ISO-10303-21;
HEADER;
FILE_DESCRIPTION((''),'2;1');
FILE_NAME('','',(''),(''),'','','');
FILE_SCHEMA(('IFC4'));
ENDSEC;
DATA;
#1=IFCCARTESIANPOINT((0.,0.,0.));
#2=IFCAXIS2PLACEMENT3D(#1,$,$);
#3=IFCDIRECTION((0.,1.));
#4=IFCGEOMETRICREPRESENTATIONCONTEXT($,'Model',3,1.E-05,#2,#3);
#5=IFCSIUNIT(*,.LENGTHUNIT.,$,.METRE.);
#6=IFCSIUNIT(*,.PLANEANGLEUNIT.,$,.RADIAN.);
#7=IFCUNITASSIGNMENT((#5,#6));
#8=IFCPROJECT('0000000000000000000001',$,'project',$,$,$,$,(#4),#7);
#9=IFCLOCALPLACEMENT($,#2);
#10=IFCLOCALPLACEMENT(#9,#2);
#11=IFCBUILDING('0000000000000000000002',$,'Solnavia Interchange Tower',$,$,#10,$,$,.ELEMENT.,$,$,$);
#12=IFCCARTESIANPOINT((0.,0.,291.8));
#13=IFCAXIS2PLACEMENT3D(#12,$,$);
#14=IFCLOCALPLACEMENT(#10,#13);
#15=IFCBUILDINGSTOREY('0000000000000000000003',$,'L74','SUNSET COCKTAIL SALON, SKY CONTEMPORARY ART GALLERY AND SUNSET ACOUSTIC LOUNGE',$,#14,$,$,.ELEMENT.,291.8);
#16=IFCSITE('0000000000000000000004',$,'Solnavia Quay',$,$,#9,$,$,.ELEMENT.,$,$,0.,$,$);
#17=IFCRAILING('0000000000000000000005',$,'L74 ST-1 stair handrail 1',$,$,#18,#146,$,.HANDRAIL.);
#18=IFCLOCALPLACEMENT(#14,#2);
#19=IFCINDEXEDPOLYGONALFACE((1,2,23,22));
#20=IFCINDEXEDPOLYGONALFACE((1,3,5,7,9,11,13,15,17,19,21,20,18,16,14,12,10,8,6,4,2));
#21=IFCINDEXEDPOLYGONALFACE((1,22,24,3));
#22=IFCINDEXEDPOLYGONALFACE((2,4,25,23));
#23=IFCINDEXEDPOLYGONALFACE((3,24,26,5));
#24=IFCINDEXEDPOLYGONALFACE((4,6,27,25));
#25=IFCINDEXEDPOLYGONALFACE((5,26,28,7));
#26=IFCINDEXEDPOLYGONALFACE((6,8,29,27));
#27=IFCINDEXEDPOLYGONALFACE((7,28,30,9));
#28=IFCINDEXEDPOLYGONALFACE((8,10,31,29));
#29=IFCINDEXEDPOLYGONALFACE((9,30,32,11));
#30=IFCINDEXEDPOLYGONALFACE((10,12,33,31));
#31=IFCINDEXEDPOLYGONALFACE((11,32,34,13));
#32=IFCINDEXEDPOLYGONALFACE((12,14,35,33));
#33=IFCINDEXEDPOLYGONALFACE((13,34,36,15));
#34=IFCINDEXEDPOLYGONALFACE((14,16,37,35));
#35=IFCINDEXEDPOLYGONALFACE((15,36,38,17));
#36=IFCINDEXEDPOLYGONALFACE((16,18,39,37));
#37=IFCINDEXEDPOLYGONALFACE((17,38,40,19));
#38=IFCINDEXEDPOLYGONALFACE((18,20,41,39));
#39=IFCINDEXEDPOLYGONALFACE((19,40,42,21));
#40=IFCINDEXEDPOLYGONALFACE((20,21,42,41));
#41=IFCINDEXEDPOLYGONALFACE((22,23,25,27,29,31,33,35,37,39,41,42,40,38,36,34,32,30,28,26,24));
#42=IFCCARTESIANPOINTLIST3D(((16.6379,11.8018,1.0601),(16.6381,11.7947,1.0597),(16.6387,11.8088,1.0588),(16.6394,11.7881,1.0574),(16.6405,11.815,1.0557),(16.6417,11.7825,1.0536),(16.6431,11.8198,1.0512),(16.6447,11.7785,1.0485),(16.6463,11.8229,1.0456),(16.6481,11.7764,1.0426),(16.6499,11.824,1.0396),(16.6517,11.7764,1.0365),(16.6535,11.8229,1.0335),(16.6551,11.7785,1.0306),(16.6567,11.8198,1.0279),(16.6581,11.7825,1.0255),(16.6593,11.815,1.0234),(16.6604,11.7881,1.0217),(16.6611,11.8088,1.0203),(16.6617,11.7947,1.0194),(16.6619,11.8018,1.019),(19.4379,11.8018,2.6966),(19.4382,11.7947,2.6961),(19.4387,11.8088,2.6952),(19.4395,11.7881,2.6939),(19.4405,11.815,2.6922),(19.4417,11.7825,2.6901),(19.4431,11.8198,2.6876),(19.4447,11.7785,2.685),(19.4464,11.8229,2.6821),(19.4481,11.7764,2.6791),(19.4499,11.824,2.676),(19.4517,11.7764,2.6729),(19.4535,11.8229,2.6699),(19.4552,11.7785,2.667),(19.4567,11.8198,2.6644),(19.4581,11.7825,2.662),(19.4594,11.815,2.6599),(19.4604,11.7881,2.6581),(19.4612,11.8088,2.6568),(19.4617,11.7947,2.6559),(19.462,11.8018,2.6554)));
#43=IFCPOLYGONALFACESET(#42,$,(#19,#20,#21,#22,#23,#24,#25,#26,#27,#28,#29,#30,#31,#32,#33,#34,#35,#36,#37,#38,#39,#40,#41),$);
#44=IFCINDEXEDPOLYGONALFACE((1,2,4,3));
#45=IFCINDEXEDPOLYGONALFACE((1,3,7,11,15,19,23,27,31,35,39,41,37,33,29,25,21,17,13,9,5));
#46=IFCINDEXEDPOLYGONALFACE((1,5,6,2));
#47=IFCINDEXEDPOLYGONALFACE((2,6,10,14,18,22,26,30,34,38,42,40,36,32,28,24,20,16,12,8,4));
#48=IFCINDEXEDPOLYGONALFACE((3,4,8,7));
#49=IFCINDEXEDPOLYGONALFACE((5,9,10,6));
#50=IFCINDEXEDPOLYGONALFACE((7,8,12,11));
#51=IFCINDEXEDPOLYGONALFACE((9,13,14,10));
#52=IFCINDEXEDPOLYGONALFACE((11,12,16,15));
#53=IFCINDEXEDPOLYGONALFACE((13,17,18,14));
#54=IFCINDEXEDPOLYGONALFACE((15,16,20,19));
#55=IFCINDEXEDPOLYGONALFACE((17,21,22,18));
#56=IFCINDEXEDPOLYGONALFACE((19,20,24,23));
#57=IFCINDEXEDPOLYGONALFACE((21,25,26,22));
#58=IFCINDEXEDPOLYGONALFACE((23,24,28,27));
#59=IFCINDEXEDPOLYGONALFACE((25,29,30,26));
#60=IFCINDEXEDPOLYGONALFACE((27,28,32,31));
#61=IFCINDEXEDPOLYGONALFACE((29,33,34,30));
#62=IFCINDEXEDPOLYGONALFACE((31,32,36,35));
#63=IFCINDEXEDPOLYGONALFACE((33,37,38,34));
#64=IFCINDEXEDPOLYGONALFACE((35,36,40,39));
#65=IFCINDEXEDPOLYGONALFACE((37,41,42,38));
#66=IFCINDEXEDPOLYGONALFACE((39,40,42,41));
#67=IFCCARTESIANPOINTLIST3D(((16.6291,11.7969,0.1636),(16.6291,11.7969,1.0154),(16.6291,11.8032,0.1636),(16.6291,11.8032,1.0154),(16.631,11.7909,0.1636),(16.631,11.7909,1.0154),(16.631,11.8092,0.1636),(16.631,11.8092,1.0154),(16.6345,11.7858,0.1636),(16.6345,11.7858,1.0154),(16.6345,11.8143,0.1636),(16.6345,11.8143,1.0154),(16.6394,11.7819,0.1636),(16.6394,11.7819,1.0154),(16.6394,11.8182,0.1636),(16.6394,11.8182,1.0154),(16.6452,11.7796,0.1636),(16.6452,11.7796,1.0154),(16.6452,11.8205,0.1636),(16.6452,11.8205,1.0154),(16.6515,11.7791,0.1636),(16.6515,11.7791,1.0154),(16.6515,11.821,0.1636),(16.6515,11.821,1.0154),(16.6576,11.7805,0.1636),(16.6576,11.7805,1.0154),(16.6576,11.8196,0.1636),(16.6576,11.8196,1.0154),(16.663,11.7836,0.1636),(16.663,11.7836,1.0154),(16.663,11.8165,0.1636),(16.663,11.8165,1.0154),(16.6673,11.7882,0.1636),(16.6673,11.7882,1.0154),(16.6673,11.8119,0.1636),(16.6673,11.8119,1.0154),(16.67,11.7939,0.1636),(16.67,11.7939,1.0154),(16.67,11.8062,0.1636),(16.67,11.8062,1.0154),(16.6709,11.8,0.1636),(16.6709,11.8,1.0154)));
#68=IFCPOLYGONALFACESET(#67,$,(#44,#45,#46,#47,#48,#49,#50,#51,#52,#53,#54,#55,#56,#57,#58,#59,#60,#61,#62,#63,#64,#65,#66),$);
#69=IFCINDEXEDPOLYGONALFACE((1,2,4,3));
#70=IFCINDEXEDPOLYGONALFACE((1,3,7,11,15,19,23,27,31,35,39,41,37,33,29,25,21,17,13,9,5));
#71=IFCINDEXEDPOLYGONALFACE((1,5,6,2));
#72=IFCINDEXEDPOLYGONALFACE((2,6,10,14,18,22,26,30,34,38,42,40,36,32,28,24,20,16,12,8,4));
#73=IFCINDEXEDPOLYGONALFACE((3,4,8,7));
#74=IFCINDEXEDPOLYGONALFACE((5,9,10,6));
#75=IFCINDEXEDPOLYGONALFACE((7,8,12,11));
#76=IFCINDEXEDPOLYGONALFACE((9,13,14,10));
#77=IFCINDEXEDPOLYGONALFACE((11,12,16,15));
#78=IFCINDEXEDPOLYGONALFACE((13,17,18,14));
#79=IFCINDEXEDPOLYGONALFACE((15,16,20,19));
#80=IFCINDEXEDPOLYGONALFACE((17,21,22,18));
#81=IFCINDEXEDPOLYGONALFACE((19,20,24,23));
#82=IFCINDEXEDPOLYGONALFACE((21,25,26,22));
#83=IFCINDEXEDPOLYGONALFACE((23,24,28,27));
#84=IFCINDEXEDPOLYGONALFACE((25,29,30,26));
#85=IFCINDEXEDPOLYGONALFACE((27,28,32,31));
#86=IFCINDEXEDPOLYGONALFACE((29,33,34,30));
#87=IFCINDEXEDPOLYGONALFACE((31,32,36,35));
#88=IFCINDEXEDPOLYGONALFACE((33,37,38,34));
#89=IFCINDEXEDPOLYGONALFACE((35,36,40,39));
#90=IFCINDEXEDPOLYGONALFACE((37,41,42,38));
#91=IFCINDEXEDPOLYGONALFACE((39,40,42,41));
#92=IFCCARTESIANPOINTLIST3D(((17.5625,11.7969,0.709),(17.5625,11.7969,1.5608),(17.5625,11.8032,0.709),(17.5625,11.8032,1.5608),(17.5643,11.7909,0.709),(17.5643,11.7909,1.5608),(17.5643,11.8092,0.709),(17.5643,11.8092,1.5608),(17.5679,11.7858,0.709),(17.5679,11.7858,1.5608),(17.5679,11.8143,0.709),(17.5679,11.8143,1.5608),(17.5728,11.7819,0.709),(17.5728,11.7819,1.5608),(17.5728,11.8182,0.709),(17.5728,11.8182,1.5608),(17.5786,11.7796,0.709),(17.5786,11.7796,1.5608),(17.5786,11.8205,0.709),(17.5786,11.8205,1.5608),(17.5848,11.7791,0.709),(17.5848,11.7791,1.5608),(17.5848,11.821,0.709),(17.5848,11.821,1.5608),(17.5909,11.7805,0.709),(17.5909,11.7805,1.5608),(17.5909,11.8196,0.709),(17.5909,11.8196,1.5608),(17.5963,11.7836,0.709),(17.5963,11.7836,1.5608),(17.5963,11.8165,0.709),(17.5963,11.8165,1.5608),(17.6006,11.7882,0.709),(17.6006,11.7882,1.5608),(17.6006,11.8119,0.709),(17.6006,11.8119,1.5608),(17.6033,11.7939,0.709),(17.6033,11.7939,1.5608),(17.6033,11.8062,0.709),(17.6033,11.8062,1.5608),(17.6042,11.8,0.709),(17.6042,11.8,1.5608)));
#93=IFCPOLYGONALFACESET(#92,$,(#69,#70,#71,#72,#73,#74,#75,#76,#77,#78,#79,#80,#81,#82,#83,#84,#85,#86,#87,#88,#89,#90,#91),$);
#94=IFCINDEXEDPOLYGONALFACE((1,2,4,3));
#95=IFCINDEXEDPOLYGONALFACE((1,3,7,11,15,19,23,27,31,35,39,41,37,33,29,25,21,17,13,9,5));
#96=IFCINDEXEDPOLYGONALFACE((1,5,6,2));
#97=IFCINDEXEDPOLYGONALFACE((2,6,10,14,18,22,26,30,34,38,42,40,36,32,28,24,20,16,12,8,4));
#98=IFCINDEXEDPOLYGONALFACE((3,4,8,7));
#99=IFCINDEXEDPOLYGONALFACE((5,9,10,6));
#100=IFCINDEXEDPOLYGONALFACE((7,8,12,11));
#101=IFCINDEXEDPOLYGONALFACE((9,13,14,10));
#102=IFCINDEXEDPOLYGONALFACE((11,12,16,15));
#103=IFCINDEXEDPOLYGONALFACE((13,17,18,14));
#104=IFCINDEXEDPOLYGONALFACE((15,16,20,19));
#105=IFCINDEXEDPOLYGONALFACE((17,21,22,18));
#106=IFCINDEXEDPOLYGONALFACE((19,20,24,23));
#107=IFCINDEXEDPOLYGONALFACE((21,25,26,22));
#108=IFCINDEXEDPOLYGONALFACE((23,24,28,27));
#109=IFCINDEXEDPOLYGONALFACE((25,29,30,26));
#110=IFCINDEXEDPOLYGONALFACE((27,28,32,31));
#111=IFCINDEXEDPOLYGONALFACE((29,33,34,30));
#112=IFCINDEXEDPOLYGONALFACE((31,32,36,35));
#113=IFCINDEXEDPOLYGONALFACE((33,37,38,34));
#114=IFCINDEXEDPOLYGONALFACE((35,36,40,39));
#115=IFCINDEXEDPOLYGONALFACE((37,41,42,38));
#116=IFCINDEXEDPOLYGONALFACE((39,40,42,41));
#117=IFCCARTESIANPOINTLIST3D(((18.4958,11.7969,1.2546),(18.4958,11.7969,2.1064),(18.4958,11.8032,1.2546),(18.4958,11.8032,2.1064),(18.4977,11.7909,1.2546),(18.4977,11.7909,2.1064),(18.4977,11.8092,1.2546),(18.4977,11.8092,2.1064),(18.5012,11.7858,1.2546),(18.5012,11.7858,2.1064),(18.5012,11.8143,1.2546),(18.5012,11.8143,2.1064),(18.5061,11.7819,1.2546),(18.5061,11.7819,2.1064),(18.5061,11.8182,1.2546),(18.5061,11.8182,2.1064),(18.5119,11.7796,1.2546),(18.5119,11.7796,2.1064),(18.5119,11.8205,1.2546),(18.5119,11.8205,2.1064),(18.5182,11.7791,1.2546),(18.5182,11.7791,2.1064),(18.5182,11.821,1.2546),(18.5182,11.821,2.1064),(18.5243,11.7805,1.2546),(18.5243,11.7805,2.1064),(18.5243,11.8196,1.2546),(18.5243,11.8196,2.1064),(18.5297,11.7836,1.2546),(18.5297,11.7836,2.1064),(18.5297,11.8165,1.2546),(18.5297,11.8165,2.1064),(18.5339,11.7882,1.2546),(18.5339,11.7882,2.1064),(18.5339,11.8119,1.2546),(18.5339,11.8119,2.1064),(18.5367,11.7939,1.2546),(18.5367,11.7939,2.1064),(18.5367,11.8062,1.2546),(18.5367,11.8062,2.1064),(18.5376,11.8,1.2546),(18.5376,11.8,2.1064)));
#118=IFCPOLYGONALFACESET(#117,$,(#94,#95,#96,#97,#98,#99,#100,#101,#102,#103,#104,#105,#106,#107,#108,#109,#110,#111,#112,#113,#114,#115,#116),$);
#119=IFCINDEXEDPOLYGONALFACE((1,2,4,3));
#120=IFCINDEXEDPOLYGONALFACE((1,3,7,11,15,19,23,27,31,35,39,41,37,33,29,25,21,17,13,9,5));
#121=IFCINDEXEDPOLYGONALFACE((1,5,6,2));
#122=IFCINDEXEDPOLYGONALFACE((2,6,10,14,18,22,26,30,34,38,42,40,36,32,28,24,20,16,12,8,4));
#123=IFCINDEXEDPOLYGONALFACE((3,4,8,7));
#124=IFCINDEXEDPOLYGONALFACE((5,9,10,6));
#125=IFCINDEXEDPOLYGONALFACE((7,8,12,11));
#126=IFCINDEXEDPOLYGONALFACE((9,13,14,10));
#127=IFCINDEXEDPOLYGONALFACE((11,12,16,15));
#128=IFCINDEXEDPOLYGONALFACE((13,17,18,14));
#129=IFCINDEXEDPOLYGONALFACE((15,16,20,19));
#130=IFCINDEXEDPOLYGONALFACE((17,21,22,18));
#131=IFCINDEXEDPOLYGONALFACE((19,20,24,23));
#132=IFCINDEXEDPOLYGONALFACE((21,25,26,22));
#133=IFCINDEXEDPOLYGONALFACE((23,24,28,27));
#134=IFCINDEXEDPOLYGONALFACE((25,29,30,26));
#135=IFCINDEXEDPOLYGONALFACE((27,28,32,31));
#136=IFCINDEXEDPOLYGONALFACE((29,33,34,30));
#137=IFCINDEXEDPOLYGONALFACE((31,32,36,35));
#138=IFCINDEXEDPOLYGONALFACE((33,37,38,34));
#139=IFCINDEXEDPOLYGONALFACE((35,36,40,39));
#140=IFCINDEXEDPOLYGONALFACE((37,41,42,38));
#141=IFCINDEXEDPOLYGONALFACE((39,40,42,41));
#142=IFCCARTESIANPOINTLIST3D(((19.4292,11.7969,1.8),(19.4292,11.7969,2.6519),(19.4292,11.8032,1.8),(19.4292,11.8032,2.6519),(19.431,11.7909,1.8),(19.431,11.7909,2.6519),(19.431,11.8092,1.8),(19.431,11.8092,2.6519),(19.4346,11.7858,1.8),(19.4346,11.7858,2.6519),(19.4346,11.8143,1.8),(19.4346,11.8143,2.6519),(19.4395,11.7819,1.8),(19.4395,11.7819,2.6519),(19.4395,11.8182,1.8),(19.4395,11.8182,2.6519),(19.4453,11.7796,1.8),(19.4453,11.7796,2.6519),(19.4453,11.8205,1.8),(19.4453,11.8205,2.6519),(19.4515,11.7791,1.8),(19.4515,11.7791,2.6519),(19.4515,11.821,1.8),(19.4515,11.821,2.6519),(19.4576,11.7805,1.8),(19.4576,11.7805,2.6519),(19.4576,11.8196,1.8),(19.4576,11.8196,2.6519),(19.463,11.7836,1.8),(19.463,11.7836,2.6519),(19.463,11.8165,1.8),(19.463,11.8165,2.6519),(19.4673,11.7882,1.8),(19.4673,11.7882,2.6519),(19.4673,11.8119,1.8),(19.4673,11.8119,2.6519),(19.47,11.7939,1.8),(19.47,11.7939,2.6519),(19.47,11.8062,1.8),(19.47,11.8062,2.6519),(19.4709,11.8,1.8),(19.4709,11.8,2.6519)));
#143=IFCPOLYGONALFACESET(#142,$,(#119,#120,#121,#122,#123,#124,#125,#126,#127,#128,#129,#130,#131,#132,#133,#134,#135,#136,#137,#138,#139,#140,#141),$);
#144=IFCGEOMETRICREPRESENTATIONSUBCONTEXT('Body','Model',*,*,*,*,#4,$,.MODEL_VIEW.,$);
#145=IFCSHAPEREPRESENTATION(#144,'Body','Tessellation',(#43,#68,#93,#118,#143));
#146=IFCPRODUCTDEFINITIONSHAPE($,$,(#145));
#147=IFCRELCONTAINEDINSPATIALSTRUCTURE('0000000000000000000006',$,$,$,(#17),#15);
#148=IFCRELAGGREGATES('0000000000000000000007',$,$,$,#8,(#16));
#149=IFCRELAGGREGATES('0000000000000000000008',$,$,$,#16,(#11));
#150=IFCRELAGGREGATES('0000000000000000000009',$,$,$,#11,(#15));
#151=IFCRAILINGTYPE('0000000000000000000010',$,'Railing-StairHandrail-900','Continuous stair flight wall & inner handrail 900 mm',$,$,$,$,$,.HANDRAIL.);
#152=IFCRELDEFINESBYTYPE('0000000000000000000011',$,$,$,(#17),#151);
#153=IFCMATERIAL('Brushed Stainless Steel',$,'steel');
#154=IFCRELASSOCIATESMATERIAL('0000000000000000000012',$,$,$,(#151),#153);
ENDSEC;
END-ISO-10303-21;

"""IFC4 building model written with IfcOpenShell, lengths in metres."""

from ifc_helpers import new_model, si_unit, direction, frame, origin, origin_2d, place, context, subcontext, project, spatial, circle, extrude, material, type_object, element, save


model = new_model("IFC4")

# Units and contexts
model_context = context("Model", 3, precision=1e-05, world=origin(), true_north=direction((0.0, 1.0)))
body_context = subcontext(model_context, "Body", "Model", "MODEL_VIEW")
ifc_project = project(units=[si_unit("LENGTHUNIT", "METRE"), si_unit("PLANEANGLEUNIT", "RADIAN")], contexts=[model_context])

# Site, building, storey
site_placement = place(None, origin())
site = spatial("IfcSite", under=ifc_project, at=site_placement, Name="Solnavia Quay", CompositionType="ELEMENT", RefElevation=0.0)
building_placement = place(site_placement, origin())
building = spatial("IfcBuilding", under=site, at=building_placement, Name="Solnavia Interchange Tower", CompositionType="ELEMENT")
storey_placement = place(building_placement, frame((0.0, 0.0, 291.8)))
storey = spatial("IfcBuildingStorey", under=building, at=storey_placement, Name="L74", Description="SUNSET COCKTAIL SALON, SKY CONTEMPORARY ART GALLERY AND SUNSET ACOUSTIC LOUNGE", CompositionType="ELEMENT", Elevation=291.8)

# Railing
ifc_material_1 = material(Name="Brushed Stainless Steel", Category="steel")
railing_type_1 = type_object("IfcRailingType", Name="Railing-StairHandrail-900", Description="Continuous stair flight wall & inner handrail 900 mm", PredefinedType="HANDRAIL", material=ifc_material_1)
railing_1_placement = place(storey_placement, frame((16.6499, 11.8, 0.1636)))
element("IfcRailing", 1, at=railing_1_placement, inside=storey, type_object=railing_type_1, Name="L74 ST-1 stair handrail 1", PredefinedType="HANDRAIL", context=body_context, shape_type="SweptSolid", body=[
    extrude(circle(Radius=0.0239, at=origin_2d()), frame((0.0, 0.0, 0.876), z_axis=(0.863361, 0.0, 0.504587), x_axis=(0.0, 1.0, 0.0)), (0.0, 0.0, 1.0), 3.2432),
    extrude(circle(Radius=0.021, at=origin_2d()), origin(), (0.0, 0.0, 1.0), 0.8518),
    extrude(circle(Radius=0.021, at=origin_2d()), frame((0.9333, 0.0, 0.5454)), (0.0, 0.0, 1.0), 0.8518),
    extrude(circle(Radius=0.021, at=origin_2d()), frame((1.8667, 0.0, 1.0911)), (0.0, 0.0, 1.0), 0.8518),
    extrude(circle(Radius=0.021, at=origin_2d()), frame((2.8, 0.0, 1.6365)), (0.0, 0.0, 1.0), 0.8518),
])

save(model, "model.ifc")
